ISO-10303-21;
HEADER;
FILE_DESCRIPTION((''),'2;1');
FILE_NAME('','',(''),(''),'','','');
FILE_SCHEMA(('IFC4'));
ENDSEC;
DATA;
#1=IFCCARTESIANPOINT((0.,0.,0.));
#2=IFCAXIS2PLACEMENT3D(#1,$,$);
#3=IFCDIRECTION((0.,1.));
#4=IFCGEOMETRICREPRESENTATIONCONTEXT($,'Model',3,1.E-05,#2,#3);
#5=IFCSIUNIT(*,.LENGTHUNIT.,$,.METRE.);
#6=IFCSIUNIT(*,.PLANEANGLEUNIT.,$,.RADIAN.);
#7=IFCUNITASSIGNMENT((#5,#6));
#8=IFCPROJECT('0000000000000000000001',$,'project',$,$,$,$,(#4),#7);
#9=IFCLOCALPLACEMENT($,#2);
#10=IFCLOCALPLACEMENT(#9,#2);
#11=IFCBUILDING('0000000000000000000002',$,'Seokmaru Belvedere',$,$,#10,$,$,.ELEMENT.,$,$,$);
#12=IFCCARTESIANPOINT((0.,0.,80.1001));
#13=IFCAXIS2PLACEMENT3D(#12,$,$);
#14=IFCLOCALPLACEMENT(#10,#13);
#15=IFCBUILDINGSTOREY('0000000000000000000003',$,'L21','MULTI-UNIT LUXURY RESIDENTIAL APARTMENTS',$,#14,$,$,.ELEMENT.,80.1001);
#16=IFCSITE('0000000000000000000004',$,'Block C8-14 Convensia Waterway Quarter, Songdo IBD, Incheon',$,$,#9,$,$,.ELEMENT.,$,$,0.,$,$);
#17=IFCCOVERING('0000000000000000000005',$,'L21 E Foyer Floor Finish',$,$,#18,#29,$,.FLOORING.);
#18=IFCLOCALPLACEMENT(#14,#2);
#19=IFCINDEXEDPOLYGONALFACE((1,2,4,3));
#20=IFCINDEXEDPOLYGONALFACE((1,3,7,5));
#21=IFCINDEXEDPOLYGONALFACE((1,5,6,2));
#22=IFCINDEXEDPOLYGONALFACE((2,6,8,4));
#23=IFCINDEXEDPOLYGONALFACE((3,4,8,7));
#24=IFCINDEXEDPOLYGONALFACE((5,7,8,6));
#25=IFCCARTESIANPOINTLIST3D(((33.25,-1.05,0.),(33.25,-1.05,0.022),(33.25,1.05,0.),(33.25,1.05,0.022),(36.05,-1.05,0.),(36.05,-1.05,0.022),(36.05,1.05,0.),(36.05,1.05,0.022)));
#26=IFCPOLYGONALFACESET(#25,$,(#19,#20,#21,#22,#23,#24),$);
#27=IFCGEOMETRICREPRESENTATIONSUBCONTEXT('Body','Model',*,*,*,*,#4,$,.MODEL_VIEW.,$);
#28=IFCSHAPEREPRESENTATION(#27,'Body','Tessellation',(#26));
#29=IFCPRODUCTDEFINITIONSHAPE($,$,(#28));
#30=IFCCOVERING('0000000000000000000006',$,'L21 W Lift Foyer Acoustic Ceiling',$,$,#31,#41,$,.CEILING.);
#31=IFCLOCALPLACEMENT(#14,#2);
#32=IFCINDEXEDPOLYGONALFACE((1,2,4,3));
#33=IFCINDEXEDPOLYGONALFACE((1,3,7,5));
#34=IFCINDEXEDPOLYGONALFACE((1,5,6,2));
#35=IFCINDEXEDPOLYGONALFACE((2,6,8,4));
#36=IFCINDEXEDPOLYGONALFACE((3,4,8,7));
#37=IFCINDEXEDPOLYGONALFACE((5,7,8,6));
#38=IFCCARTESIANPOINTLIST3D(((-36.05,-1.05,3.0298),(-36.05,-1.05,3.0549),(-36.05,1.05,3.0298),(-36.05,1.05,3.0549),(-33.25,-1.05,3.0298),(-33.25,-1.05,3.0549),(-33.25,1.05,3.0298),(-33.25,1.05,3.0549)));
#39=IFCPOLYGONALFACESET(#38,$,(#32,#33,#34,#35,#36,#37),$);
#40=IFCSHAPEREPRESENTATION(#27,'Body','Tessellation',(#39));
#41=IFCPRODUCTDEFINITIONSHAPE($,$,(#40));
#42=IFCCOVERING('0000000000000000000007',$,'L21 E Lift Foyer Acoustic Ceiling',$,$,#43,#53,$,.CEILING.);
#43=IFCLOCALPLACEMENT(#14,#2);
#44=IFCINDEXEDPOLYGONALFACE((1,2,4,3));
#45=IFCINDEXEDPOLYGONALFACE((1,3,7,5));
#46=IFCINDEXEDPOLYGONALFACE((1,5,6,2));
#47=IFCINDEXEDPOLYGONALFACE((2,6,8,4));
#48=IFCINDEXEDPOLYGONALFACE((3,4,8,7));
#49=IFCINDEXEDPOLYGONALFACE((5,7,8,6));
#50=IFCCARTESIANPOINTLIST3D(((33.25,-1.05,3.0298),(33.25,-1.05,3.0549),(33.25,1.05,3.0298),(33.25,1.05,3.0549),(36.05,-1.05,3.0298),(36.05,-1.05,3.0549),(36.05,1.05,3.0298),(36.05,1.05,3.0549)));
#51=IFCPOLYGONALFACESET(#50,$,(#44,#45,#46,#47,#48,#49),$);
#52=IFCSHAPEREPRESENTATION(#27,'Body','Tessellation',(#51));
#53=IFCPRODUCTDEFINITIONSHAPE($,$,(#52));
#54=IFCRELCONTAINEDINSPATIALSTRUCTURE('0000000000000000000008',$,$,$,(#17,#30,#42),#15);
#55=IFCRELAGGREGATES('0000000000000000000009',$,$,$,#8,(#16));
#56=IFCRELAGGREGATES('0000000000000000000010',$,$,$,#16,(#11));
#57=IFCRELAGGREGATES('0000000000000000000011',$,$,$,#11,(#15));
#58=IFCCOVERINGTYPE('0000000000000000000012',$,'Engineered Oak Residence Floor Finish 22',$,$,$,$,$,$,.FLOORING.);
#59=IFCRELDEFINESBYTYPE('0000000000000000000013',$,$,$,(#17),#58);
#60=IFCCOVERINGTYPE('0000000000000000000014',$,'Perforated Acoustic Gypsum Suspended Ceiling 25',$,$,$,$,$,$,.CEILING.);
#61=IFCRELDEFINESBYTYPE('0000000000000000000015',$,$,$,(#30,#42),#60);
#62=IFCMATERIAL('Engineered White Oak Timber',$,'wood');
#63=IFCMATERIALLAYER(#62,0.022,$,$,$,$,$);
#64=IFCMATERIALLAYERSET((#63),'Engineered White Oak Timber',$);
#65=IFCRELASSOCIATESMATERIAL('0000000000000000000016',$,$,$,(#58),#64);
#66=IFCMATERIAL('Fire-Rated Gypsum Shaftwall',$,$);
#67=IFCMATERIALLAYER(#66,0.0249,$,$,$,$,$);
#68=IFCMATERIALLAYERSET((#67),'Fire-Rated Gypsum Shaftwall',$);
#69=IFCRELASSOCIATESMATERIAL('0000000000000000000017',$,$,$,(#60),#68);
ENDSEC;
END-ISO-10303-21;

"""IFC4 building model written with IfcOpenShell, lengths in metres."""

from ifc_helpers import new_model, si_unit, direction, frame, origin, place, context, subcontext, project, spatial, polyline, outline, extrude, material, layer, layer_set, type_object, element, save


model = new_model("IFC4")

# Units and contexts
model_context = context("Model", 3, precision=1e-05, world=origin(), true_north=direction((0.0, 1.0)))
body_context = subcontext(model_context, "Body", "Model", "MODEL_VIEW")
ifc_project = project(units=[si_unit("LENGTHUNIT", "METRE"), si_unit("PLANEANGLEUNIT", "RADIAN")], contexts=[model_context])

# Site, building, storey
site_placement = place(None, origin())
site = spatial("IfcSite", under=ifc_project, at=site_placement, Name="Block C8-14 Convensia Waterway Quarter, Songdo IBD, Incheon", CompositionType="ELEMENT", RefElevation=0.0)
building_placement = place(site_placement, origin())
building = spatial("IfcBuilding", under=site, at=building_placement, Name="Seokmaru Belvedere", CompositionType="ELEMENT")
storey_placement = place(building_placement, frame((0.0, 0.0, 80.1001)))
storey = spatial("IfcBuildingStorey", under=building, at=storey_placement, Name="L21", Description="MULTI-UNIT LUXURY RESIDENTIAL APARTMENTS", CompositionType="ELEMENT", Elevation=80.1001)

# Shared definitions
ifc_material_1 = material(Name="Fire-Rated Gypsum Shaftwall")

# Shared definitions
ifc_material_2 = material(Name="Engineered White Oak Timber", Category="wood")

# Coverings
ifc_layer_1 = layer(ifc_material_2, 0.022)
ifc_layer_set_1 = layer_set([ifc_layer_1], Name="Engineered White Oak Timber")
covering_type_1 = type_object("IfcCoveringType", Name="Engineered Oak Residence Floor Finish 22", PredefinedType="FLOORING", material=ifc_layer_set_1)
covering_1_placement = place(storey_placement, origin())
element("IfcCovering", 1, at=covering_1_placement, inside=storey, type_object=covering_type_1, Name="L21 E Foyer Floor Finish", PredefinedType="FLOORING", context=body_context, shape_type="SweptSolid", body=[
    extrude(outline(polyline([(33.25, -1.05), (36.05, -1.05), (36.05, 1.05), (33.25, 1.05), (33.25, -1.05)])), origin(), (0.0, 0.0, 1.0), 0.022),
])
ifc_layer_2 = layer(ifc_material_1, 0.0249)
ifc_layer_set_2 = layer_set([ifc_layer_2], Name="Fire-Rated Gypsum Shaftwall")
covering_type_2 = type_object("IfcCoveringType", Name="Perforated Acoustic Gypsum Suspended Ceiling 25", PredefinedType="CEILING", material=ifc_layer_set_2)
covering_2_placement = place(storey_placement, frame((0.0, 0.0, 3.0298)))
element("IfcCovering", 2, at=covering_2_placement, inside=storey, type_object=covering_type_2, Name="L21 W Lift Foyer Acoustic Ceiling", PredefinedType="CEILING", context=body_context, shape_type="SweptSolid", body=[
    extrude(outline(polyline([(-36.05, -1.05), (-33.25, -1.05), (-33.25, 1.05), (-36.05, 1.05), (-36.05, -1.05)])), origin(), (0.0, 0.0, 1.0), 0.0251),
])
covering_3_placement = place(storey_placement, frame((0.0, 0.0, 3.0298)))
element("IfcCovering", 3, at=covering_3_placement, inside=storey, type_object=covering_type_2, Name="L21 E Lift Foyer Acoustic Ceiling", PredefinedType="CEILING", context=body_context, shape_type="SweptSolid", body=[
    extrude(outline(polyline([(33.25, -1.05), (36.05, -1.05), (36.05, 1.05), (33.25, 1.05), (33.25, -1.05)])), origin(), (0.0, 0.0, 1.0), 0.0251),
])

save(model, "model.ifc")
